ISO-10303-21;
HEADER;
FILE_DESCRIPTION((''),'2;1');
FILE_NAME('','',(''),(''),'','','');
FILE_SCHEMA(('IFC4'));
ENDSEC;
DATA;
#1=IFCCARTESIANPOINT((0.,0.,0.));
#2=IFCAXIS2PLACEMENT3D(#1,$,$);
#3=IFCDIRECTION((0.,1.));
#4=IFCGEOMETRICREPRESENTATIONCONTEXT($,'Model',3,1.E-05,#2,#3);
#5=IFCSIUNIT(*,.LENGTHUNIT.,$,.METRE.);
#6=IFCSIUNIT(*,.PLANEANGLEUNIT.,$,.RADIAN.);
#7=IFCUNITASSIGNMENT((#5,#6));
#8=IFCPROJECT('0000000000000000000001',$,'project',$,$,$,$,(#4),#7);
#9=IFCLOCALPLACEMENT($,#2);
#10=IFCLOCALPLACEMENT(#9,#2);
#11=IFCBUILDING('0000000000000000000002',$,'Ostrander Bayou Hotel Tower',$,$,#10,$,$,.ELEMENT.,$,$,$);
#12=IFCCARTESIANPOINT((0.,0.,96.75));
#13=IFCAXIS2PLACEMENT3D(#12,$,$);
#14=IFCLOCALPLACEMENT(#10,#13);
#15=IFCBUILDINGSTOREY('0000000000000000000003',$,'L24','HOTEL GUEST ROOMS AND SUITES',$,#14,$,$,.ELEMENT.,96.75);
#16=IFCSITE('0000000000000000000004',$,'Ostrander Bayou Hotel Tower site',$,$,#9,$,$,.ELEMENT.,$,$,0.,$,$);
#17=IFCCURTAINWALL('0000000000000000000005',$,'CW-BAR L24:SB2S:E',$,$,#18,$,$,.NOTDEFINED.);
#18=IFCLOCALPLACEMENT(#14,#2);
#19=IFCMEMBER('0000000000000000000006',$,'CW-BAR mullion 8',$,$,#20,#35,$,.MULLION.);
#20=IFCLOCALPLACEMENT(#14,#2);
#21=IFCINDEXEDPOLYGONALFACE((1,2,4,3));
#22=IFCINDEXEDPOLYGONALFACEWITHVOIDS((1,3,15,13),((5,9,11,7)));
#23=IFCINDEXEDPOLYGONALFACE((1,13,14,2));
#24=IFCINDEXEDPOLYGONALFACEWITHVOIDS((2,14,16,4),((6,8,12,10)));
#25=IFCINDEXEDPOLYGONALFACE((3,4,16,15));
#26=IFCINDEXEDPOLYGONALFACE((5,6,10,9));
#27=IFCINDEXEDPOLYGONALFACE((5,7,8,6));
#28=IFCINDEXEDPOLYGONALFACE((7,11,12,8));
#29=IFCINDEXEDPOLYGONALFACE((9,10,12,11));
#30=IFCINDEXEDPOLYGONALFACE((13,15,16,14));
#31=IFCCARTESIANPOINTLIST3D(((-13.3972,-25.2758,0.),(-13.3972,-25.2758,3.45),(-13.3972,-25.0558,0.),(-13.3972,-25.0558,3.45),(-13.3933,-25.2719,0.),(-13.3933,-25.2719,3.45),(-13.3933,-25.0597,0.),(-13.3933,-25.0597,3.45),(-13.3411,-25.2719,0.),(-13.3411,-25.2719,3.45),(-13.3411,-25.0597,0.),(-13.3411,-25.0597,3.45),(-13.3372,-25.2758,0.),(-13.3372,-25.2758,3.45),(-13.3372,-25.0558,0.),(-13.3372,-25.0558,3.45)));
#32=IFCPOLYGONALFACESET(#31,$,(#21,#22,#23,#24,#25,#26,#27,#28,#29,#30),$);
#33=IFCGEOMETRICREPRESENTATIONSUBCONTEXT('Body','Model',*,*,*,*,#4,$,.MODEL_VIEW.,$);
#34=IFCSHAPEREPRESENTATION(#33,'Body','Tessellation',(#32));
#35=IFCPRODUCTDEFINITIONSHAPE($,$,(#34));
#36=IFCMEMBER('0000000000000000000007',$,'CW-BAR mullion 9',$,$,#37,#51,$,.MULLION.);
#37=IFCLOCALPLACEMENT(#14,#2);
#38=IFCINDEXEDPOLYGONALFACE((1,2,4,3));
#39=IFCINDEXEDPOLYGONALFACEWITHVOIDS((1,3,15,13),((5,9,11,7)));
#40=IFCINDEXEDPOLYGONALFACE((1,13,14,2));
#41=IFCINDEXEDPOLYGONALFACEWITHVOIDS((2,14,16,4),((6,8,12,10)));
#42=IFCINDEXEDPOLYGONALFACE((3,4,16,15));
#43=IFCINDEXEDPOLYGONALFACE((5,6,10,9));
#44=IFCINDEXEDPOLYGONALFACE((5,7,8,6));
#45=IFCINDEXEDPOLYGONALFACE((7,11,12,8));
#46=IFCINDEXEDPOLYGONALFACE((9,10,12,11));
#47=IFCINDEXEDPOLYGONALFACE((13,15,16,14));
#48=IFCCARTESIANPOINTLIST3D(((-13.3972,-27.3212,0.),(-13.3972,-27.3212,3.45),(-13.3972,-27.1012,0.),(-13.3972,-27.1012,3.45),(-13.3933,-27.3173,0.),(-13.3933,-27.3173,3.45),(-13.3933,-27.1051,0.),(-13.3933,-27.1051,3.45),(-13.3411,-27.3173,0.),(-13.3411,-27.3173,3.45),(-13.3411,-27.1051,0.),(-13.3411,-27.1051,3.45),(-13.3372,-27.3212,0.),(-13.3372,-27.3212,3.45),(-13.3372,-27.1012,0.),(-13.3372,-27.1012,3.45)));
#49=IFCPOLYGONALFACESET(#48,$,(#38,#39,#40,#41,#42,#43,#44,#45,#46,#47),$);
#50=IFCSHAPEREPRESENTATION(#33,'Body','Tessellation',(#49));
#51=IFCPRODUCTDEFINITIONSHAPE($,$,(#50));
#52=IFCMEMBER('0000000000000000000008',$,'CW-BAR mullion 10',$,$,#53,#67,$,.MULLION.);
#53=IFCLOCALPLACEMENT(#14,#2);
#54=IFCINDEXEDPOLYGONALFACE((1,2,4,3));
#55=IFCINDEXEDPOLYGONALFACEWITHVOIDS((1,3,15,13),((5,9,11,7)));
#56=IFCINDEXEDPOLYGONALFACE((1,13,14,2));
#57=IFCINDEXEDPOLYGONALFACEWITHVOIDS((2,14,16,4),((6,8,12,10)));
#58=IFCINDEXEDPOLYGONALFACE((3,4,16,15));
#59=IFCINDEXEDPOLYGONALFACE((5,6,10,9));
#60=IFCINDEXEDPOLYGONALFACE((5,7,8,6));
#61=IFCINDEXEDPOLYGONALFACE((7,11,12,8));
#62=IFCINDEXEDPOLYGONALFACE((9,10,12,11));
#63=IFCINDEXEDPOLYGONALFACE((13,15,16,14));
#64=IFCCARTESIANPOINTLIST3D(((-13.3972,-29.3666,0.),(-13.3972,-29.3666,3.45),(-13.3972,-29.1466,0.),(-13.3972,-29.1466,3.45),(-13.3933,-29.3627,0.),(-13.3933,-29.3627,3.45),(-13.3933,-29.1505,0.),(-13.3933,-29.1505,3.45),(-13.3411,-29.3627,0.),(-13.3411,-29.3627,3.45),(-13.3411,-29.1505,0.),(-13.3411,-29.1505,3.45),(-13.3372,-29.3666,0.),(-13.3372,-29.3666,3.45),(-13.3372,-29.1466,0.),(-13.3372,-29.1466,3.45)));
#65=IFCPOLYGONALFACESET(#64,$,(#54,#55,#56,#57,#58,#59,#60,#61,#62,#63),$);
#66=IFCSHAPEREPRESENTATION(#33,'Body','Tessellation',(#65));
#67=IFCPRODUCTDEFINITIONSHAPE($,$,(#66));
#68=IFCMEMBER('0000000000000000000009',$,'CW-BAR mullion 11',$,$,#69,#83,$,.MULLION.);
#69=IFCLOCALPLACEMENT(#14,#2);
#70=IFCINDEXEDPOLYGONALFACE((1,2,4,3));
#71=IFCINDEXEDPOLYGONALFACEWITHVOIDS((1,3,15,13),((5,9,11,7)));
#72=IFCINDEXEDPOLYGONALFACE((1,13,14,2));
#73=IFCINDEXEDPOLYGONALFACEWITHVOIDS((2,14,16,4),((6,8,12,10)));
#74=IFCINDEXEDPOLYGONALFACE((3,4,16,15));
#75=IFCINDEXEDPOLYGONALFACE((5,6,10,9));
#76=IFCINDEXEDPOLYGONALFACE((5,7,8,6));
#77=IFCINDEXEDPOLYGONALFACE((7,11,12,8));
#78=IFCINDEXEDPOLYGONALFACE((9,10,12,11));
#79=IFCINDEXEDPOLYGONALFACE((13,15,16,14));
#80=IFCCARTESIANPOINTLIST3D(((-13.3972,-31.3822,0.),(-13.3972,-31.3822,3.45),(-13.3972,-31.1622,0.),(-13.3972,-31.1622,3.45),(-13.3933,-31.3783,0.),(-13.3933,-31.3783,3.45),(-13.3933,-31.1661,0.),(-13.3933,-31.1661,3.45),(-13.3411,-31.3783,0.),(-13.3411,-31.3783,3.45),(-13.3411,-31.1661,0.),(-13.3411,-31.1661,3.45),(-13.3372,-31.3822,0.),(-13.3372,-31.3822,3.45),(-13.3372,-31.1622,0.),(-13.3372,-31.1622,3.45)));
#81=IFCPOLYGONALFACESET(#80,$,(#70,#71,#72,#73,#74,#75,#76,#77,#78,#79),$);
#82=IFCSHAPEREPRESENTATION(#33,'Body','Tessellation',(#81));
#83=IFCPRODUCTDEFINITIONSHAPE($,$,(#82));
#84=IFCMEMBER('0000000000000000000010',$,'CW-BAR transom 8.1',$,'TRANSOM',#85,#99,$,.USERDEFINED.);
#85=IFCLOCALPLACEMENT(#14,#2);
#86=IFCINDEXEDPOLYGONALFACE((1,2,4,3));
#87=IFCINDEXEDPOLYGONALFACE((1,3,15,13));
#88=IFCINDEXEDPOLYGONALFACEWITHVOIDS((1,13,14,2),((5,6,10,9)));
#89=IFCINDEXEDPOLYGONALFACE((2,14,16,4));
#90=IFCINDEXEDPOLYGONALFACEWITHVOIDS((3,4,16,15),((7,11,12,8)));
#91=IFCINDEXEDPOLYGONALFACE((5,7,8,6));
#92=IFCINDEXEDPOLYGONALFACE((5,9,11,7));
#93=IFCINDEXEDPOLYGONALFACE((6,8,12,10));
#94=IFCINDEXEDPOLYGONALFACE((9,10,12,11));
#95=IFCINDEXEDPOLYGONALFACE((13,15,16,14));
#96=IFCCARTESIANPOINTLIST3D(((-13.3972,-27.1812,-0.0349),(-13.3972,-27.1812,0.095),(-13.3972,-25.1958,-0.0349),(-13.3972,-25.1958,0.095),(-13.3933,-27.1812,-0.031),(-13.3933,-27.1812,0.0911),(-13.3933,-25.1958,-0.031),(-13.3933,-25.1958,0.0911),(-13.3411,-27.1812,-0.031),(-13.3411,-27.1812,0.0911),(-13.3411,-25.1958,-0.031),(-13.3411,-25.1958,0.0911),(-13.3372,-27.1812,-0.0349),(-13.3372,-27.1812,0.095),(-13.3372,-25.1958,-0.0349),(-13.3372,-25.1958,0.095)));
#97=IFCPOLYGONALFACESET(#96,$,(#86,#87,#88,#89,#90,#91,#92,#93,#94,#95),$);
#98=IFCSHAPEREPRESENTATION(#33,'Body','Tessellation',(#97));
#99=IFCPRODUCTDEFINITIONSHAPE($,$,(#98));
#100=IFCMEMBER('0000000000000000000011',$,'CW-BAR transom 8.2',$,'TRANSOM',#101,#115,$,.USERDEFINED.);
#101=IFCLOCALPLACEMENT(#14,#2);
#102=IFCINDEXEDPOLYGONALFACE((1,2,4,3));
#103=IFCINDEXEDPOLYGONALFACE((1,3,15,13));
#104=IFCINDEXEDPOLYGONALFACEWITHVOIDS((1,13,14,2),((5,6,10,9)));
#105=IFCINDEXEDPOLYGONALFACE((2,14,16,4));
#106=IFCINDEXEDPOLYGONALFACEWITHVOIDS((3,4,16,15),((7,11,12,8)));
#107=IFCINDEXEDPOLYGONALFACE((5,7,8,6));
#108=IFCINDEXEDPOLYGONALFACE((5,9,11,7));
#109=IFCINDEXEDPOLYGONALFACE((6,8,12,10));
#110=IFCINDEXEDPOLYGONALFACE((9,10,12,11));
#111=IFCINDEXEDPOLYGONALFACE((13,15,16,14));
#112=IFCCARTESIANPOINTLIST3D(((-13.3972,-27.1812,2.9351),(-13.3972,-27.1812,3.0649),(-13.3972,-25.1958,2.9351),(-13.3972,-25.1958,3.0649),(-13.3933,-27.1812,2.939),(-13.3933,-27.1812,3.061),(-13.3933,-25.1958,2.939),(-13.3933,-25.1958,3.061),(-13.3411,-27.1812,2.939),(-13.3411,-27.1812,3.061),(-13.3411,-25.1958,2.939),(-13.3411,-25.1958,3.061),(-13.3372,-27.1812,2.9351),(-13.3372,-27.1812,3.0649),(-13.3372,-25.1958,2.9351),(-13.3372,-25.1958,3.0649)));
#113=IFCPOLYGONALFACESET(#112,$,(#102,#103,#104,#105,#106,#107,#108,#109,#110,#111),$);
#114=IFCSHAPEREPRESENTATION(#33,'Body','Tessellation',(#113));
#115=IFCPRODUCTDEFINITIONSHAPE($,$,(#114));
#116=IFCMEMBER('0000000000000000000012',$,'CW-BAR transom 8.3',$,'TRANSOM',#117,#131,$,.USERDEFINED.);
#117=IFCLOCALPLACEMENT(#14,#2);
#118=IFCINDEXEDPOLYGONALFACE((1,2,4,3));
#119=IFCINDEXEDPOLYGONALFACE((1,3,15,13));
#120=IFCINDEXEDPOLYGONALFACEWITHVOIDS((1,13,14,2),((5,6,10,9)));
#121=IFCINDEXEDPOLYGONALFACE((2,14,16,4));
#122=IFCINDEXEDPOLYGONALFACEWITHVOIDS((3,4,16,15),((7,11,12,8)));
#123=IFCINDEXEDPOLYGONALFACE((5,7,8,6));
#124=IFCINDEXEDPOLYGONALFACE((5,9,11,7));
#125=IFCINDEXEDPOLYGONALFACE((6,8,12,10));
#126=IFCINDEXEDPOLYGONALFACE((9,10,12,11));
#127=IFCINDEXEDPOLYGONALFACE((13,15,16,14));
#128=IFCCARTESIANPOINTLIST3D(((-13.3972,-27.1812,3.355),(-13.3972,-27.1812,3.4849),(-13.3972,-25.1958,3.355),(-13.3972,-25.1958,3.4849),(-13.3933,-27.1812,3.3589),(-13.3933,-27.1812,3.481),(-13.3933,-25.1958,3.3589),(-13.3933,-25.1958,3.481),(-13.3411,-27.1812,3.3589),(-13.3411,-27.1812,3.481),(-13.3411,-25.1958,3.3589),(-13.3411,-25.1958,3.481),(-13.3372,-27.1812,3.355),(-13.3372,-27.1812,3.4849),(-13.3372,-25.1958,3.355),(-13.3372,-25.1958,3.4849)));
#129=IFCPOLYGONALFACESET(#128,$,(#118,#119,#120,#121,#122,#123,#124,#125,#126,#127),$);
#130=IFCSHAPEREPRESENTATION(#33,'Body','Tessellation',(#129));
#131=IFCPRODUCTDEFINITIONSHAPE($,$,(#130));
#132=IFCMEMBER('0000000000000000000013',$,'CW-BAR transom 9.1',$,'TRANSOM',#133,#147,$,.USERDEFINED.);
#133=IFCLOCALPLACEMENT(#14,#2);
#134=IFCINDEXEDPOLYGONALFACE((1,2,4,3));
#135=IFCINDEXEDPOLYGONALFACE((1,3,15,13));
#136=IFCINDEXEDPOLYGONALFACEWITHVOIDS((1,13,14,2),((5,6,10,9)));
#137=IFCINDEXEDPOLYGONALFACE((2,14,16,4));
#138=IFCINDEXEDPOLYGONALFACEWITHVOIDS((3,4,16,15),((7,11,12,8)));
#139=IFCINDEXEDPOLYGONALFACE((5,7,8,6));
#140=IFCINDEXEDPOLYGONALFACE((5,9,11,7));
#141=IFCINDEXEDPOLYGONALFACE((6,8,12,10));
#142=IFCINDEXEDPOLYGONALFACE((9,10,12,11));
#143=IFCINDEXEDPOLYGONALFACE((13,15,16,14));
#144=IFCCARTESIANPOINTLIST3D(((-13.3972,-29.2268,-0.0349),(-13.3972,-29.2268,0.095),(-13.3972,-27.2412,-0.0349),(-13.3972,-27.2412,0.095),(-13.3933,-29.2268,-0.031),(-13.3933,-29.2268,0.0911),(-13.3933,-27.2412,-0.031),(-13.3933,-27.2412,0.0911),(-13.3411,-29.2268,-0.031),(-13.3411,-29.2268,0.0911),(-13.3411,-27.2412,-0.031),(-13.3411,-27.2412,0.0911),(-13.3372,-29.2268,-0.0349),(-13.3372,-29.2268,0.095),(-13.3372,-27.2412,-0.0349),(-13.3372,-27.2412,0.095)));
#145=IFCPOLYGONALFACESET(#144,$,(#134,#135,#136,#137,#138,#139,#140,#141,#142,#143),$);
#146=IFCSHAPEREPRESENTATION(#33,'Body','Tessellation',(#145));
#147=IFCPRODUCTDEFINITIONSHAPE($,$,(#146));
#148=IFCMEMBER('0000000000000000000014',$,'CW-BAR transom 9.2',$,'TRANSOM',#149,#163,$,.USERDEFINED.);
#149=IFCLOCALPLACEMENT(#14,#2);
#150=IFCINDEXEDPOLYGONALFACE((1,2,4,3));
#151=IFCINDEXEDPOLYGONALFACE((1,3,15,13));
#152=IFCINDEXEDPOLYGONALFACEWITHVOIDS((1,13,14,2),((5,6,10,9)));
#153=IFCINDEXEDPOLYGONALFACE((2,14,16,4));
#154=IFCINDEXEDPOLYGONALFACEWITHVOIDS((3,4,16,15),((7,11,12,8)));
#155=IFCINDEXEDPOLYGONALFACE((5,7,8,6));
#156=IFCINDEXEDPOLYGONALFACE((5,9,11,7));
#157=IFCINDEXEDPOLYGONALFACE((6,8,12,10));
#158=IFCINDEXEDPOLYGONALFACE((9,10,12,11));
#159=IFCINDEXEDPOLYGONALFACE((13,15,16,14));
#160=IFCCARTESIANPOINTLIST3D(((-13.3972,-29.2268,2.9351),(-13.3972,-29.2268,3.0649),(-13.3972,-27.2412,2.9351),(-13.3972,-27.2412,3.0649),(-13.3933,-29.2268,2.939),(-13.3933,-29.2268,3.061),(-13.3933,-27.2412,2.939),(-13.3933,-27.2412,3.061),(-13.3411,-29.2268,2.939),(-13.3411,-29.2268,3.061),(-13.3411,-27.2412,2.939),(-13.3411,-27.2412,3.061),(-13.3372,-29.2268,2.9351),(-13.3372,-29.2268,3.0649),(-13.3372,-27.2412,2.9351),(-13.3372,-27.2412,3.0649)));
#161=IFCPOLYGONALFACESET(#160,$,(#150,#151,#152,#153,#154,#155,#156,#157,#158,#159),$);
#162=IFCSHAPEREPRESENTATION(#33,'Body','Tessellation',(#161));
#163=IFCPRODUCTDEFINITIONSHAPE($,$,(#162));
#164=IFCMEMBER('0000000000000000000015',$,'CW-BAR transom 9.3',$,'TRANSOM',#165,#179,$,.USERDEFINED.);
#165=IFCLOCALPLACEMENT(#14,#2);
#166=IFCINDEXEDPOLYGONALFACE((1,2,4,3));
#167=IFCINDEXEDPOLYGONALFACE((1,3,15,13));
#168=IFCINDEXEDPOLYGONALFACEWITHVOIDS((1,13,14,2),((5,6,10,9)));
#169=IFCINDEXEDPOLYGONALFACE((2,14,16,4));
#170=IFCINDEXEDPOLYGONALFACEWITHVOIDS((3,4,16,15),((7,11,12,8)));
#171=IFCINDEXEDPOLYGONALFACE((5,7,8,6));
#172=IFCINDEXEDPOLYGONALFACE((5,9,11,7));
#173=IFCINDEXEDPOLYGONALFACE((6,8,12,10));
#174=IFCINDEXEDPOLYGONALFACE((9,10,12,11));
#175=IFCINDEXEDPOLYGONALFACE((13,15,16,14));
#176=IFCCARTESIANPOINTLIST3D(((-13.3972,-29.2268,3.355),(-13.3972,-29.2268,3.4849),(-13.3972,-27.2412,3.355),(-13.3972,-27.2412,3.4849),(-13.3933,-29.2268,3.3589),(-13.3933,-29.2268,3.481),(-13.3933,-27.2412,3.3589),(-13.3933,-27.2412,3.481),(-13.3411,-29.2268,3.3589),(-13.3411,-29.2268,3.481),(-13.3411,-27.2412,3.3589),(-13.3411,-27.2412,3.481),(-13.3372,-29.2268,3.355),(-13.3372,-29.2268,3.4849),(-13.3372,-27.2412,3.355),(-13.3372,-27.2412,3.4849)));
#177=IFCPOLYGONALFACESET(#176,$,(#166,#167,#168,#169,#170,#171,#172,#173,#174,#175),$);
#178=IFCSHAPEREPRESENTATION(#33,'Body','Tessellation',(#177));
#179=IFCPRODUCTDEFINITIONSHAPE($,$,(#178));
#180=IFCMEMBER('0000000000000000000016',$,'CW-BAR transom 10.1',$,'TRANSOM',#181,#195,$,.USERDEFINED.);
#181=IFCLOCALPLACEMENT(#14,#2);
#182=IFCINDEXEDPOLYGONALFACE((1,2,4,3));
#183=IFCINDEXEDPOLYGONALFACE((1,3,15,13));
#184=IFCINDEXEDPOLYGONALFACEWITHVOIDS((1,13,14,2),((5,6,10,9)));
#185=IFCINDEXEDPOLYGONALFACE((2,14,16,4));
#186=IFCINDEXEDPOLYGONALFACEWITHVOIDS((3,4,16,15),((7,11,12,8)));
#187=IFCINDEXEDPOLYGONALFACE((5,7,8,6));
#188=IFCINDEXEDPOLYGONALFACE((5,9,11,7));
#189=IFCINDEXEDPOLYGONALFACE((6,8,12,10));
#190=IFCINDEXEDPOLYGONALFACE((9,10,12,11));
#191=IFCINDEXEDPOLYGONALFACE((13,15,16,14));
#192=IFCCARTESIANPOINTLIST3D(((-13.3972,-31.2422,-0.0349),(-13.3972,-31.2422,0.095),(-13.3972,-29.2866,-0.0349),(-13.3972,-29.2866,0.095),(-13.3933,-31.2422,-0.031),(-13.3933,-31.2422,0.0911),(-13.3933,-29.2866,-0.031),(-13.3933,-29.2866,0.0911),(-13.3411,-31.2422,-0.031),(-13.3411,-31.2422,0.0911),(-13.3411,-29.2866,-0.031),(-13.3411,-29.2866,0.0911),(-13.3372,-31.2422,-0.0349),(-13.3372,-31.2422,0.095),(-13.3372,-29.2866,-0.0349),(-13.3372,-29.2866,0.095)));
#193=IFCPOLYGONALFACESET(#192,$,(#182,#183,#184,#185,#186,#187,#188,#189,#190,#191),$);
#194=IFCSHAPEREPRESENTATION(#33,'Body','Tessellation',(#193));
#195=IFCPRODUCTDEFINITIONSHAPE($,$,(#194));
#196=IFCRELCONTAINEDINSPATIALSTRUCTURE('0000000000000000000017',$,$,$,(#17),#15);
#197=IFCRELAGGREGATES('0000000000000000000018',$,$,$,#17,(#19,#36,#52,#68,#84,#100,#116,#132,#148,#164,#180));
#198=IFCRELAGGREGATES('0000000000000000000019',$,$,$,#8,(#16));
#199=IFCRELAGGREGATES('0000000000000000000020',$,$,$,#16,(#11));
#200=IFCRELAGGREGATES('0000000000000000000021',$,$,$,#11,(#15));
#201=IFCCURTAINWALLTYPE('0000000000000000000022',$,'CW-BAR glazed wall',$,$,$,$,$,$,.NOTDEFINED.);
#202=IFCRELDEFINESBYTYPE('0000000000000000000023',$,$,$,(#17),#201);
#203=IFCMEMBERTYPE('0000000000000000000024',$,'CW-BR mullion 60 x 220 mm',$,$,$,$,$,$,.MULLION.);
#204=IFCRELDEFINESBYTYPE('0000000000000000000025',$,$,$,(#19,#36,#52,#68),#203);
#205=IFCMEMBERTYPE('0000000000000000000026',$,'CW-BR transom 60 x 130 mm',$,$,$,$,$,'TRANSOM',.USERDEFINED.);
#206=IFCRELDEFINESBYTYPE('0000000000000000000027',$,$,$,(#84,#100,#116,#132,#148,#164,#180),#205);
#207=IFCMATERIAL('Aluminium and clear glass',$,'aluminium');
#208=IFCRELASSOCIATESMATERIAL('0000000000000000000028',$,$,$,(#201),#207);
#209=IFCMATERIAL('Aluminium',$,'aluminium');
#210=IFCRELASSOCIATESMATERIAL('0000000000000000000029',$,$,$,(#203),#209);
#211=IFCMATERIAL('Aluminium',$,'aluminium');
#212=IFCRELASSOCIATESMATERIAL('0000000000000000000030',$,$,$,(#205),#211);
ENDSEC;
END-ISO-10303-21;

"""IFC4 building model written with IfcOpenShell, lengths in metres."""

from ifc_helpers import new_model, si_unit, direction, frame, origin, origin_2d, place, context, subcontext, project, spatial, hollow_rectangle, extrude, material, material_profile, profile_set, type_object, element, aggregate, save


model = new_model("IFC4")

# Units and contexts
model_context = context("Model", 3, precision=1e-05, world=origin(), true_north=direction((0.0, 1.0)))
body_context = subcontext(model_context, "Body", "Model", "MODEL_VIEW")
ifc_project = project(units=[si_unit("LENGTHUNIT", "METRE"), si_unit("PLANEANGLEUNIT", "RADIAN")], contexts=[model_context])

# Site, building, storey
site_placement = place(None, origin())
site = spatial("IfcSite", under=ifc_project, at=site_placement, Name="Ostrander Bayou Hotel Tower site", CompositionType="ELEMENT", RefElevation=0.0)
building_placement = place(site_placement, origin())
building = spatial("IfcBuilding", under=site, at=building_placement, Name="Ostrander Bayou Hotel Tower", CompositionType="ELEMENT")
storey_placement = place(building_placement, frame((0.0, 0.0, 96.75)))
storey = spatial("IfcBuildingStorey", under=building, at=storey_placement, Name="L24", Description="HOTEL GUEST ROOMS AND SUITES", CompositionType="ELEMENT", Elevation=96.75)

# Curtain wall, members
ifc_material_1 = material(Name="Aluminium and clear glass", Category="aluminium")
curtain_wall_type = type_object("IfcCurtainWallType", Name="CW-BAR glazed wall", PredefinedType="NOTDEFINED", material=ifc_material_1)
curtain_wall_placement = place(storey_placement, origin())
curtain_wall = element("IfcCurtainWall", 1, at=curtain_wall_placement, inside=storey, type_object=curtain_wall_type, Name="CW-BAR L24:SB2S:E", PredefinedType="NOTDEFINED")
ifc_material_2 = material(Name="Aluminium", Category="aluminium")
ifc_material_profile_1 = material_profile(ifc_material_2, hollow_rectangle(XDim=0.0601, YDim=0.22, WallThickness=0.0039, at=origin_2d()))
ifc_profile_set_1 = profile_set([ifc_material_profile_1], Name="Aluminium")
member_type_1 = type_object("IfcMemberType", Name="CW-BR mullion 60 x 220 mm", PredefinedType="MULLION", material=ifc_profile_set_1)
member_1_placement = place(storey_placement, frame((-13.3672, -25.1658, 0.0), z_axis=(0.0, 0.0, 1.0), x_axis=(1.0, 0.0, 0.0)))
member_1 = element("IfcMember", 2, at=member_1_placement, type_object=member_type_1, Name="CW-BAR mullion 8", PredefinedType="MULLION", context=body_context, shape_type="SweptSolid", body=[
    extrude(hollow_rectangle(XDim=0.0601, YDim=0.22, WallThickness=0.0039, at=origin_2d()), origin(), (0.0, 0.0, 1.0), 3.45),
])
member_2_placement = place(storey_placement, frame((-13.3672, -27.2112, 0.0), z_axis=(0.0, 0.0, 1.0), x_axis=(1.0, 0.0, 0.0)))
member_2 = element("IfcMember", 3, at=member_2_placement, type_object=member_type_1, Name="CW-BAR mullion 9", PredefinedType="MULLION", context=body_context, shape_type="SweptSolid", body=[
    extrude(hollow_rectangle(XDim=0.0601, YDim=0.22, WallThickness=0.0039, at=origin_2d()), origin(), (0.0, 0.0, 1.0), 3.45),
])
member_3_placement = place(storey_placement, frame((-13.3672, -29.2566, 0.0), z_axis=(0.0, 0.0, 1.0), x_axis=(1.0, 0.0, 0.0)))
member_3 = element("IfcMember", 4, at=member_3_placement, type_object=member_type_1, Name="CW-BAR mullion 10", PredefinedType="MULLION", context=body_context, shape_type="SweptSolid", body=[
    extrude(hollow_rectangle(XDim=0.0601, YDim=0.22, WallThickness=0.0039, at=origin_2d()), origin(), (0.0, 0.0, 1.0), 3.45),
])
member_4_placement = place(storey_placement, frame((-13.3672, -31.2722, 0.0), z_axis=(0.0, 0.0, 1.0), x_axis=(1.0, 0.0, 0.0)))
member_4 = element("IfcMember", 5, at=member_4_placement, type_object=member_type_1, Name="CW-BAR mullion 11", PredefinedType="MULLION", context=body_context, shape_type="SweptSolid", body=[
    extrude(hollow_rectangle(XDim=0.0601, YDim=0.22, WallThickness=0.0039, at=origin_2d()), origin(), (0.0, 0.0, 1.0), 3.45),
])
ifc_material_3 = material(Name="Aluminium", Category="aluminium")
ifc_material_profile_2 = material_profile(ifc_material_3, hollow_rectangle(XDim=0.0601, YDim=0.1299, WallThickness=0.0039, at=origin_2d()))
ifc_profile_set_2 = profile_set([ifc_material_profile_2], Name="Aluminium")
member_type_2 = type_object("IfcMemberType", Name="CW-BR transom 60 x 130 mm", ElementType="TRANSOM", PredefinedType="USERDEFINED", material=ifc_profile_set_2)
member_5_placement = place(storey_placement, frame((-13.3672, -25.1958, 0.03), z_axis=(0.0, -1.0, 0.0), x_axis=(1.0, 0.0, 0.0)))
member_5 = element("IfcMember", 6, at=member_5_placement, type_object=member_type_2, Name="CW-BAR transom 8.1", ObjectType="TRANSOM", PredefinedType="USERDEFINED", context=body_context, shape_type="SweptSolid", body=[
    extrude(hollow_rectangle(XDim=0.0601, YDim=0.1299, WallThickness=0.0039, at=origin_2d()), origin(), (0.0, 0.0, 1.0), 1.9854),
])
member_6_placement = place(storey_placement, frame((-13.3672, -25.1958, 3.0), z_axis=(0.0, -1.0, 0.0), x_axis=(1.0, 0.0, 0.0)))
member_6 = element("IfcMember", 7, at=member_6_placement, type_object=member_type_2, Name="CW-BAR transom 8.2", ObjectType="TRANSOM", PredefinedType="USERDEFINED", context=body_context, shape_type="SweptSolid", body=[
    extrude(hollow_rectangle(XDim=0.0601, YDim=0.1299, WallThickness=0.0039, at=origin_2d()), origin(), (0.0, 0.0, 1.0), 1.9854),
])
member_7_placement = place(storey_placement, frame((-13.3672, -25.1958, 3.4199), z_axis=(0.0, -1.0, 0.0), x_axis=(1.0, 0.0, 0.0)))
member_7 = element("IfcMember", 8, at=member_7_placement, type_object=member_type_2, Name="CW-BAR transom 8.3", ObjectType="TRANSOM", PredefinedType="USERDEFINED", context=body_context, shape_type="SweptSolid", body=[
    extrude(hollow_rectangle(XDim=0.0601, YDim=0.1299, WallThickness=0.0039, at=origin_2d()), origin(), (0.0, 0.0, 1.0), 1.9854),
])
member_8_placement = place(storey_placement, frame((-13.3672, -27.2412, 0.03), z_axis=(0.0, -1.0, 0.0), x_axis=(1.0, 0.0, 0.0)))
member_8 = element("IfcMember", 9, at=member_8_placement, type_object=member_type_2, Name="CW-BAR transom 9.1", ObjectType="TRANSOM", PredefinedType="USERDEFINED", context=body_context, shape_type="SweptSolid", body=[
    extrude(hollow_rectangle(XDim=0.0601, YDim=0.1299, WallThickness=0.0039, at=origin_2d()), origin(), (0.0, 0.0, 1.0), 1.9856),
])
member_9_placement = place(storey_placement, frame((-13.3672, -27.2412, 3.0), z_axis=(0.0, -1.0, 0.0), x_axis=(1.0, 0.0, 0.0)))
member_9 = element("IfcMember", 10, at=member_9_placement, type_object=member_type_2, Name="CW-BAR transom 9.2", ObjectType="TRANSOM", PredefinedType="USERDEFINED", context=body_context, shape_type="SweptSolid", body=[
    extrude(hollow_rectangle(XDim=0.0601, YDim=0.1299, WallThickness=0.0039, at=origin_2d()), origin(), (0.0, 0.0, 1.0), 1.9856),
])
member_10_placement = place(storey_placement, frame((-13.3672, -27.2412, 3.4199), z_axis=(0.0, -1.0, 0.0), x_axis=(1.0, 0.0, 0.0)))
member_10 = element("IfcMember", 11, at=member_10_placement, type_object=member_type_2, Name="CW-BAR transom 9.3", ObjectType="TRANSOM", PredefinedType="USERDEFINED", context=body_context, shape_type="SweptSolid", body=[
    extrude(hollow_rectangle(XDim=0.0601, YDim=0.1299, WallThickness=0.0039, at=origin_2d()), origin(), (0.0, 0.0, 1.0), 1.9856),
])
member_11_placement = place(storey_placement, frame((-13.3672, -29.2866, 0.03), z_axis=(0.0, -1.0, 0.0), x_axis=(1.0, 0.0, 0.0)))
member_11 = element("IfcMember", 12, at=member_11_placement, type_object=member_type_2, Name="CW-BAR transom 10.1", ObjectType="TRANSOM", PredefinedType="USERDEFINED", context=body_context, shape_type="SweptSolid", body=[
    extrude(hollow_rectangle(XDim=0.0601, YDim=0.1299, WallThickness=0.0039, at=origin_2d()), origin(), (0.0, 0.0, 1.0), 1.9556),
])

aggregate(curtain_wall, [member_1, member_2, member_3, member_4, member_5, member_6, member_7, member_8, member_9, member_10, member_11])

save(model, "model.ifc")
